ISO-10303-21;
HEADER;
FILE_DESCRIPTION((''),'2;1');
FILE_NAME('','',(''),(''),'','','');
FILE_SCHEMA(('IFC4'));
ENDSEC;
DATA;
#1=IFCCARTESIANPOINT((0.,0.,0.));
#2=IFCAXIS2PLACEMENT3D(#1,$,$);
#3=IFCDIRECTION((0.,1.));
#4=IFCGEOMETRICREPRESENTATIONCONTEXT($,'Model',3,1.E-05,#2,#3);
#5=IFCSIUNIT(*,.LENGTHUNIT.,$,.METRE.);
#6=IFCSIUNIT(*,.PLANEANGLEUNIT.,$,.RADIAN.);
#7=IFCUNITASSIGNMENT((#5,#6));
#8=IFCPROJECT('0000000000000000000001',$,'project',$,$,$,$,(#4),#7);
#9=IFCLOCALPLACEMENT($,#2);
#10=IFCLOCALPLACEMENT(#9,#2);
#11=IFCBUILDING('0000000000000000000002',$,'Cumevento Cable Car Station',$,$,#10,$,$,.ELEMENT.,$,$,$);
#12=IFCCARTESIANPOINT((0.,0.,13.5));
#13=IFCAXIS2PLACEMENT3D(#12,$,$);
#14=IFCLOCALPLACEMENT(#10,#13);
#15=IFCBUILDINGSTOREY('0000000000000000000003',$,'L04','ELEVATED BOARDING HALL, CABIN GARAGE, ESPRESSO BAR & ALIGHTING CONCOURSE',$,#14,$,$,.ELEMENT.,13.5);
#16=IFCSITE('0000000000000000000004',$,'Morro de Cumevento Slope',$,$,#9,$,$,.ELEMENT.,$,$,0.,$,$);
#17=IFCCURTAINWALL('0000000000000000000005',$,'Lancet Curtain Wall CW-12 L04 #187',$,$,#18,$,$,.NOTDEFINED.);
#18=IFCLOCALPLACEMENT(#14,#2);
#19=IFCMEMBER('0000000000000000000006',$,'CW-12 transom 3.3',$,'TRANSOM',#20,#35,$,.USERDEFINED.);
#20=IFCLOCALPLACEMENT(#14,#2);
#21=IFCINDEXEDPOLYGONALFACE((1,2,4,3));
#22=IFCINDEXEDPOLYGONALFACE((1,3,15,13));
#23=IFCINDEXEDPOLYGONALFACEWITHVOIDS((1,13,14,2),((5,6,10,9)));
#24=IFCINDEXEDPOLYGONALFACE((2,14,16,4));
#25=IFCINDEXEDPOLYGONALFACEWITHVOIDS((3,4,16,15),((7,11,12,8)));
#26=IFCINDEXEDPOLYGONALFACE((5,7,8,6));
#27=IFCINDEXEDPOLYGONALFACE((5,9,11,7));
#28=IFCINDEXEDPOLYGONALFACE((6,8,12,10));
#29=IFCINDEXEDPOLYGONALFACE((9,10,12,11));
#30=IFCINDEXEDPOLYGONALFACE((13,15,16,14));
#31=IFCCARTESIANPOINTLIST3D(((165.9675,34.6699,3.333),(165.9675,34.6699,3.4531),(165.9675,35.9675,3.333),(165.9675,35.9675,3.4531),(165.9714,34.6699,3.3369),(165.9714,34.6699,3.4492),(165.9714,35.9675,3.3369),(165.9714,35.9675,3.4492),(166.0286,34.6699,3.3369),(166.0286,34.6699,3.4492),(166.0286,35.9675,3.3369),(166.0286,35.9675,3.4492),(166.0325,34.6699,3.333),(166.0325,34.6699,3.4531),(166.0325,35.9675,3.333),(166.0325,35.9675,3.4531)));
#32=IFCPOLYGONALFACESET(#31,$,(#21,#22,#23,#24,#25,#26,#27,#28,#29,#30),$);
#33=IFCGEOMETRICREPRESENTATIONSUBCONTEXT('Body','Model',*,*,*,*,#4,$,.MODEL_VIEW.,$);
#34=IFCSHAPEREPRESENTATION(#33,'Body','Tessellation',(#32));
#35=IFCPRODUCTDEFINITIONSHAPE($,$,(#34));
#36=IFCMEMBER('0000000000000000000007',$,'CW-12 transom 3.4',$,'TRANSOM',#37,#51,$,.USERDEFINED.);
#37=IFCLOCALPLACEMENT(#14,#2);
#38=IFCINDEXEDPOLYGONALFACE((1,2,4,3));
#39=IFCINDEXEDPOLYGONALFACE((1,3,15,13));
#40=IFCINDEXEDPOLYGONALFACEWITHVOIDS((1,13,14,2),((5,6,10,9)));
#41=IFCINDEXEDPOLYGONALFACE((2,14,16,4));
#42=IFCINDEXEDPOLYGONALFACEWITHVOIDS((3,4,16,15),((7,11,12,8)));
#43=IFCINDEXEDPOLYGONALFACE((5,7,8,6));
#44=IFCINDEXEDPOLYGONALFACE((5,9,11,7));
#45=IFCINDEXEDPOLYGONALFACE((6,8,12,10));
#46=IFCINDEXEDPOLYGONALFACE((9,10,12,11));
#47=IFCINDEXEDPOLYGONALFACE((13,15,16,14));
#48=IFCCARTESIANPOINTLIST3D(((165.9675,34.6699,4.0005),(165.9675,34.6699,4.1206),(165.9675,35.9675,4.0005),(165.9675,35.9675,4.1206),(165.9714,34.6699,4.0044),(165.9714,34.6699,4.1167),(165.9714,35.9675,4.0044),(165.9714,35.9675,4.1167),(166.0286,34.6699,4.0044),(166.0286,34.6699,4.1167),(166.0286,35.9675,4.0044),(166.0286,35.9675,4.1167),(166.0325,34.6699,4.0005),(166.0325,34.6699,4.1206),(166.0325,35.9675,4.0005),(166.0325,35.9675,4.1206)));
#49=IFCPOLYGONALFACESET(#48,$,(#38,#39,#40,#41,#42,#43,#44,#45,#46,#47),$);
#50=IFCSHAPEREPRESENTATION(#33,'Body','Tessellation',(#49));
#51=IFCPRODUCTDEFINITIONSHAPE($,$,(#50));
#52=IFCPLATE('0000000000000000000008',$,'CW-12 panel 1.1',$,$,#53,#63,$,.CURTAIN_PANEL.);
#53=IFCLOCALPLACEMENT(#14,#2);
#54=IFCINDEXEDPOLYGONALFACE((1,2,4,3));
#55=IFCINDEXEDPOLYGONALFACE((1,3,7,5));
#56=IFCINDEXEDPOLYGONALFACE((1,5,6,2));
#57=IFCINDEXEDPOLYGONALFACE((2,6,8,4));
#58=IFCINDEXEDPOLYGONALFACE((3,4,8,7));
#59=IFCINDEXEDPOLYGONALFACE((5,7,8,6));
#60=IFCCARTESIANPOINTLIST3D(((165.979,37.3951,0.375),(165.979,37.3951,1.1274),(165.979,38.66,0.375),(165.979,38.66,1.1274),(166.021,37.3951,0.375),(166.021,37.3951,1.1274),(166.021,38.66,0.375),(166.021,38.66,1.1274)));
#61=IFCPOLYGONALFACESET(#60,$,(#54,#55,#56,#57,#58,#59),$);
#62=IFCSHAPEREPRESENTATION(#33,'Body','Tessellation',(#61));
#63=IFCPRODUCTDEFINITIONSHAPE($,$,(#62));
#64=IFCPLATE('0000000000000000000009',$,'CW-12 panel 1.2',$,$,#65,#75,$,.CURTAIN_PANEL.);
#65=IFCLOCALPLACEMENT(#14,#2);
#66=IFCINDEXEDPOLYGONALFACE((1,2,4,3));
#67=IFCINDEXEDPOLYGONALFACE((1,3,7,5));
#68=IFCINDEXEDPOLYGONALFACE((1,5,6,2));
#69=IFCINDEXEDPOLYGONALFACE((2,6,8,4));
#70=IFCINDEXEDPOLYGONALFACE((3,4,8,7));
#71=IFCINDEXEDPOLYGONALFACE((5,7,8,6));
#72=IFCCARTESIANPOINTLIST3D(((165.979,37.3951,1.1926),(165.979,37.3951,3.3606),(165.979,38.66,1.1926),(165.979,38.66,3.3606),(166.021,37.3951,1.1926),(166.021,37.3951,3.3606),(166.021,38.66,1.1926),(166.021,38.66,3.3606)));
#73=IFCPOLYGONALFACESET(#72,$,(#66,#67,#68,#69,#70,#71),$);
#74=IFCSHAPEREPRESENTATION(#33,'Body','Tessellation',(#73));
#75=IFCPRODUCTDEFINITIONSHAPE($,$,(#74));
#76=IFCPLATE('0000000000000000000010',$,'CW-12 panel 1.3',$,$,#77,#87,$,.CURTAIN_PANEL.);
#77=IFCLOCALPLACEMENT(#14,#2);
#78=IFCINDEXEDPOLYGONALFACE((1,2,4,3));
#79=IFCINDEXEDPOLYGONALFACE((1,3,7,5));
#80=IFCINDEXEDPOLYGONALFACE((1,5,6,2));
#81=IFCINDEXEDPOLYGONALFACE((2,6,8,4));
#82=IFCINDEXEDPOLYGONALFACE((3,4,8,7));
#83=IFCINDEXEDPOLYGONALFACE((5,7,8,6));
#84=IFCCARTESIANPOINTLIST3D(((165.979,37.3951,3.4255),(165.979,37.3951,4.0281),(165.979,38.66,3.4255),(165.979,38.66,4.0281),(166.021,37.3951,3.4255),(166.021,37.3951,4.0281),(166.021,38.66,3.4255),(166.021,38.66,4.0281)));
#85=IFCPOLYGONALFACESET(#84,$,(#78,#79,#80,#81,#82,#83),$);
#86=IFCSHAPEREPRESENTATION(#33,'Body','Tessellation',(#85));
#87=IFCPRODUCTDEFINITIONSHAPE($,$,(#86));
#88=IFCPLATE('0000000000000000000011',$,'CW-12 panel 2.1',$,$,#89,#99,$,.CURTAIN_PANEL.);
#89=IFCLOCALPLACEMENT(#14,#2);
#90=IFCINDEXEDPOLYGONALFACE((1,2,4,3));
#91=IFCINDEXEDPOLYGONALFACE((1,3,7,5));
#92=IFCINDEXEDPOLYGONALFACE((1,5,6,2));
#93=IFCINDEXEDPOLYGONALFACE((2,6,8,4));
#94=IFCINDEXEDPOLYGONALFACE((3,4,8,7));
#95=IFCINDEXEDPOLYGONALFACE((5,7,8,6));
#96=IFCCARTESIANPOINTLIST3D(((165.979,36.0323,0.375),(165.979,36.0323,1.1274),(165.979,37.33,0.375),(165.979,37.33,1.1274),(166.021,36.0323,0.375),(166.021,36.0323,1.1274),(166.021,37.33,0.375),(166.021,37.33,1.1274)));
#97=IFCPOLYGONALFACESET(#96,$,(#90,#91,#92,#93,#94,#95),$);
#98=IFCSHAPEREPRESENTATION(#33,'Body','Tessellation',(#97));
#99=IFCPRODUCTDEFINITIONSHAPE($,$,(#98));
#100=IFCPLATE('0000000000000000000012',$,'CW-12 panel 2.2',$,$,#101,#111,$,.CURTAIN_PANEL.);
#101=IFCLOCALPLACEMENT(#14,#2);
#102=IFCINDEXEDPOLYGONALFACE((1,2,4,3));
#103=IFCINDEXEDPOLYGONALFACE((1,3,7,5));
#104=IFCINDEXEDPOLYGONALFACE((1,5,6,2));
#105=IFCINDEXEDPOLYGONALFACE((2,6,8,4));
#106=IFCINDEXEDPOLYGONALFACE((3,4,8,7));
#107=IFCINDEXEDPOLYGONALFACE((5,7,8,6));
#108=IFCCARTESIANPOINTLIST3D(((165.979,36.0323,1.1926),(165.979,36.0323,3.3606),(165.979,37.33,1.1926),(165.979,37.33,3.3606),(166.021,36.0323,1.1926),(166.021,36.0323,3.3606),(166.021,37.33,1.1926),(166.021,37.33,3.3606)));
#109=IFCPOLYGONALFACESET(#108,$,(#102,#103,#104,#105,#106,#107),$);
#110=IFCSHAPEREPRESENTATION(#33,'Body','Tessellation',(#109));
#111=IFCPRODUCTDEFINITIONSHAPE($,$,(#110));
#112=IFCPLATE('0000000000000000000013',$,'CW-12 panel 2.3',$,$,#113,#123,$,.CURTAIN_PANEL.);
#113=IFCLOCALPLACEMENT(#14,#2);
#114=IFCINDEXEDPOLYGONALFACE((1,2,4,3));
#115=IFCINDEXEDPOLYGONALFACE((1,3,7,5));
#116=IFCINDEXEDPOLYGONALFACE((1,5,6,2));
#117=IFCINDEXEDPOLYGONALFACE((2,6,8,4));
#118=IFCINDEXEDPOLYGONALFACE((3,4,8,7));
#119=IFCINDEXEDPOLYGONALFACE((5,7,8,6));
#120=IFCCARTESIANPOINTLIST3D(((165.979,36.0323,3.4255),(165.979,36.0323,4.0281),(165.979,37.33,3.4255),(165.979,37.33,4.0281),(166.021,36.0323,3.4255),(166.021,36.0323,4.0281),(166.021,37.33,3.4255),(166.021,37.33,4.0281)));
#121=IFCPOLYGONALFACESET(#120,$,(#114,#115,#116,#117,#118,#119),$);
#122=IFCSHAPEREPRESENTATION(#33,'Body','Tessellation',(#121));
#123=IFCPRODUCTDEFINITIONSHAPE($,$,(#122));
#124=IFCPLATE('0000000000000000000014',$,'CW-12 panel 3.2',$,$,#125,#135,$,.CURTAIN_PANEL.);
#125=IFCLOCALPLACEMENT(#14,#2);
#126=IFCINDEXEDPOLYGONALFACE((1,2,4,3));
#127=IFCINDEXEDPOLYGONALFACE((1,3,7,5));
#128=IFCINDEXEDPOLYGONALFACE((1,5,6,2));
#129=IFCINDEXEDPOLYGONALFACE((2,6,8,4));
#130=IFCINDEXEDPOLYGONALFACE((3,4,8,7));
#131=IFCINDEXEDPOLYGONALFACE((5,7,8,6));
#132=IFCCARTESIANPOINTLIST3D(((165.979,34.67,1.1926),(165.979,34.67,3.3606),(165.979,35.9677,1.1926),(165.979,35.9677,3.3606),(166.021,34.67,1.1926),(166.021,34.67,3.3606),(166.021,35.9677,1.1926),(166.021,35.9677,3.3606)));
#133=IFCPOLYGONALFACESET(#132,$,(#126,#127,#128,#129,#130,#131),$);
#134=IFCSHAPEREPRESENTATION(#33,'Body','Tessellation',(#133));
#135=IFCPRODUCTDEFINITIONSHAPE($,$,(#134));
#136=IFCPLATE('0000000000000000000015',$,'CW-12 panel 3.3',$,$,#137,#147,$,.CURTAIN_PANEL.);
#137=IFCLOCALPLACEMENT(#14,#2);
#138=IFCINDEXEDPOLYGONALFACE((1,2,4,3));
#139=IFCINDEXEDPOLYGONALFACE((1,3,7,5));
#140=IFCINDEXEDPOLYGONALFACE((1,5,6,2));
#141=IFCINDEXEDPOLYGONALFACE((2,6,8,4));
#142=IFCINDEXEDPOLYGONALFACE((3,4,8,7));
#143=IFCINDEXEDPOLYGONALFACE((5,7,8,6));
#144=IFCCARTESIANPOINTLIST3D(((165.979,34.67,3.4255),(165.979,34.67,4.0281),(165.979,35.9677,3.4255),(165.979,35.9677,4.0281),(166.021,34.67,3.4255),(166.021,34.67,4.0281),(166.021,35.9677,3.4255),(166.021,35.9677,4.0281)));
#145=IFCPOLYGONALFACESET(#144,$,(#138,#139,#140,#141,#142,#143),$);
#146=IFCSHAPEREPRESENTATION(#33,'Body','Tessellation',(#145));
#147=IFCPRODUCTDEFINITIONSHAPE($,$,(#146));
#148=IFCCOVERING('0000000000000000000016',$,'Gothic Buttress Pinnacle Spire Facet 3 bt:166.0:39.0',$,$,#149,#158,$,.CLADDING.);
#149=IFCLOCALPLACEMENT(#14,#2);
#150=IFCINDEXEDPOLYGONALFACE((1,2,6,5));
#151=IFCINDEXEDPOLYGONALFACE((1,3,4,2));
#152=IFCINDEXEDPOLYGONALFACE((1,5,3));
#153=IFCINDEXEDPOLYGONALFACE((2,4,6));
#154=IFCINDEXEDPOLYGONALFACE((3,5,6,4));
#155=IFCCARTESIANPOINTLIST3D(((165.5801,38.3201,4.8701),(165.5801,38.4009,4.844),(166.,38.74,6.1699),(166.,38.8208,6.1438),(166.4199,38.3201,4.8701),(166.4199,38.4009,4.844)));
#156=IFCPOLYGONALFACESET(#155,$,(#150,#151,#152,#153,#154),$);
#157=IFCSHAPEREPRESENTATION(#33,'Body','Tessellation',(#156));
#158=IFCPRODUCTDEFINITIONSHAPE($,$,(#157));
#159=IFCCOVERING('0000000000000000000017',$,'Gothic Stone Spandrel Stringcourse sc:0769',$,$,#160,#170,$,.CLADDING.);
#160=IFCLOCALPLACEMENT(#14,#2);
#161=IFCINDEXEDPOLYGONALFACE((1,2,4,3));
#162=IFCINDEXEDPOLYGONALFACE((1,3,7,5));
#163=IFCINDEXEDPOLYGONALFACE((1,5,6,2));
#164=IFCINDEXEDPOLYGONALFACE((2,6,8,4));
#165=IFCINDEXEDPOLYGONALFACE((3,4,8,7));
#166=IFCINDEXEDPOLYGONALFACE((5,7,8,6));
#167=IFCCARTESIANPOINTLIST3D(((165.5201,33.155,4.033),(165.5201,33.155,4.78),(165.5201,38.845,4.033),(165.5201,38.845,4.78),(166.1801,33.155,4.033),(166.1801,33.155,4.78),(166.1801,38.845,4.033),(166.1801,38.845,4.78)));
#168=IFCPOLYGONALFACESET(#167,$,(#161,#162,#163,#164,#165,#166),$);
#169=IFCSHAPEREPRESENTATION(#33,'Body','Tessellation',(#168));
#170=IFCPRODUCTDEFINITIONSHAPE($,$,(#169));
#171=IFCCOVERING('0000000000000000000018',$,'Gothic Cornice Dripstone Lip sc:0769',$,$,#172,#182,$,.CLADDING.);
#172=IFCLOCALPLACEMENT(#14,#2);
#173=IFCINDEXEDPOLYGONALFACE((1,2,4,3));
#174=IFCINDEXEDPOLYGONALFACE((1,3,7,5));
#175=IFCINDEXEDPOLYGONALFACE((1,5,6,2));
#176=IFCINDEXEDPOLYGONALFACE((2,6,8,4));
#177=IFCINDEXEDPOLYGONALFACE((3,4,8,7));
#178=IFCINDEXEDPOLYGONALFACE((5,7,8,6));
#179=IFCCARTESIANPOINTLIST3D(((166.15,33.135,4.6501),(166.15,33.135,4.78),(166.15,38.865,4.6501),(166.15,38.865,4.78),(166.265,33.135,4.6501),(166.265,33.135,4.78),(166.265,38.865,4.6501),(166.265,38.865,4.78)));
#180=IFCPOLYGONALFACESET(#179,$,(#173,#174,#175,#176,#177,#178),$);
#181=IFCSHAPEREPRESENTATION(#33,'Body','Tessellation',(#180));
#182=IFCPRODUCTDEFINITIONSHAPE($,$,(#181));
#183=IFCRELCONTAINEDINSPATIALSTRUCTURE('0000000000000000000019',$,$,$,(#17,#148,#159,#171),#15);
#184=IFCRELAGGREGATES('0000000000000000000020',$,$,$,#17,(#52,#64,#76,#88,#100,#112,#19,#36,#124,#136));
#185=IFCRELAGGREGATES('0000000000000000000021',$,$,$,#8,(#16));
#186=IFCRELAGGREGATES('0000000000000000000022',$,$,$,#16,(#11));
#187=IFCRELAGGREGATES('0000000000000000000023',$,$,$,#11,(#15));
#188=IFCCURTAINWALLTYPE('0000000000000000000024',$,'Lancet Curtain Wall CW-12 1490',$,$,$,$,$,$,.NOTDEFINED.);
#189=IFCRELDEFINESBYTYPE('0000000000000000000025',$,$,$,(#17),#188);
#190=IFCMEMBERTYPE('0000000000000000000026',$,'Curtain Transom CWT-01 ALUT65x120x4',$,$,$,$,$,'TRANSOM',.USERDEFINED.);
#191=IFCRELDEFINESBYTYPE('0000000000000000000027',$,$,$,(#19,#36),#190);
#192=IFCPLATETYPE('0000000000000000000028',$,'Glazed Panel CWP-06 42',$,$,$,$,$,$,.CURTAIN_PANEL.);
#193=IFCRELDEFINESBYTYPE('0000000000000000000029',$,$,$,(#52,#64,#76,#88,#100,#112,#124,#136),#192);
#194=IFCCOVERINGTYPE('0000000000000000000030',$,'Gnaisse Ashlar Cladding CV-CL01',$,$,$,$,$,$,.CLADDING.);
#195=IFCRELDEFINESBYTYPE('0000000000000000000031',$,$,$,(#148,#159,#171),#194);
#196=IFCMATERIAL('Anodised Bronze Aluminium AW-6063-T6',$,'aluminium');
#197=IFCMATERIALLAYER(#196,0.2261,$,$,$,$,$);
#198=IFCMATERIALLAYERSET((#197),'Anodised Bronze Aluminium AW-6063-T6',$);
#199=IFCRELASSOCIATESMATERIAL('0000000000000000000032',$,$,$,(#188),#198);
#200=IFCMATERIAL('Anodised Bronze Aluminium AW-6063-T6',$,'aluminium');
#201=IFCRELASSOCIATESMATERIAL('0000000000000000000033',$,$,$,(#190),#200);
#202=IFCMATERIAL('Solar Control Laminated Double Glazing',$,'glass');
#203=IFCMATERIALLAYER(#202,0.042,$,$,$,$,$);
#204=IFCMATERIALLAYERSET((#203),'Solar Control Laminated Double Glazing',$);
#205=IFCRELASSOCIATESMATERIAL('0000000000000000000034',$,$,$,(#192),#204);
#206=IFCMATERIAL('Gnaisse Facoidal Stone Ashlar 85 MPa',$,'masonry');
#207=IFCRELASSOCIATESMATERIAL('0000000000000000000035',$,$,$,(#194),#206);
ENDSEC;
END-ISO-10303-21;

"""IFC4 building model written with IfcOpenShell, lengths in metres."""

from ifc_helpers import new_model, si_unit, direction, frame, origin, origin_2d, place, context, subcontext, project, spatial, polyline, rectangle, hollow_rectangle, outline, extrude, material, layer, layer_set, material_profile, profile_set, type_object, element, aggregate, save


model = new_model("IFC4")

# Units and contexts
model_context = context("Model", 3, precision=1e-05, world=origin(), true_north=direction((0.0, 1.0)))
body_context = subcontext(model_context, "Body", "Model", "MODEL_VIEW")
ifc_project = project(units=[si_unit("LENGTHUNIT", "METRE"), si_unit("PLANEANGLEUNIT", "RADIAN")], contexts=[model_context])

# Site, building, storey
site_placement = place(None, origin())
site = spatial("IfcSite", under=ifc_project, at=site_placement, Name="Morro de Cumevento Slope", CompositionType="ELEMENT", RefElevation=0.0)
building_placement = place(site_placement, origin())
building = spatial("IfcBuilding", under=site, at=building_placement, Name="Cumevento Cable Car Station", CompositionType="ELEMENT")
storey_placement = place(building_placement, frame((0.0, 0.0, 13.5)))
storey = spatial("IfcBuildingStorey", under=building, at=storey_placement, Name="L04", Description="ELEVATED BOARDING HALL, CABIN GARAGE, ESPRESSO BAR & ALIGHTING CONCOURSE", CompositionType="ELEMENT", Elevation=13.5)

# Curtain wall, members, plates
ifc_material_1 = material(Name="Anodised Bronze Aluminium AW-6063-T6", Category="aluminium")
ifc_layer_1 = layer(ifc_material_1, 0.2261)
ifc_layer_set_1 = layer_set([ifc_layer_1], Name="Anodised Bronze Aluminium AW-6063-T6")
curtain_wall_type = type_object("IfcCurtainWallType", Name="Lancet Curtain Wall CW-12 1490", PredefinedType="NOTDEFINED", material=ifc_layer_set_1)
curtain_wall_placement = place(storey_placement, origin())
curtain_wall = element("IfcCurtainWall", 1, at=curtain_wall_placement, inside=storey, type_object=curtain_wall_type, Name="Lancet Curtain Wall CW-12 L04 #187", PredefinedType="NOTDEFINED")
ifc_material_2 = material(Name="Anodised Bronze Aluminium AW-6063-T6", Category="aluminium")
ifc_material_profile_1 = material_profile(ifc_material_2, hollow_rectangle(XDim=0.0649, YDim=0.1201, WallThickness=0.0039, at=origin_2d()), Name="ALUT65x120x4")
ifc_profile_set_1 = profile_set([ifc_material_profile_1], Name="Anodised Bronze Aluminium AW-6063-T6")
member_type_1 = type_object("IfcMemberType", Name="Curtain Transom CWT-01 ALUT65x120x4", ElementType="TRANSOM", PredefinedType="USERDEFINED", material=ifc_profile_set_1)
member_1_placement = place(storey_placement, frame((166.0, 35.9675, 3.3931), z_axis=(0.0, -1.0, 0.0), x_axis=(1.0, 0.0, 0.0)))
member_1 = element("IfcMember", 2, at=member_1_placement, type_object=member_type_1, Name="CW-12 transom 3.3", ObjectType="TRANSOM", PredefinedType="USERDEFINED", context=body_context, shape_type="SweptSolid", body=[
    extrude(hollow_rectangle(XDim=0.0649, YDim=0.1201, WallThickness=0.0039, at=origin_2d()), origin(), (0.0, 0.0, 1.0), 1.2976),
])
member_2_placement = place(storey_placement, frame((166.0, 35.9675, 4.0605), z_axis=(0.0, -1.0, 0.0), x_axis=(1.0, 0.0, 0.0)))
member_2 = element("IfcMember", 3, at=member_2_placement, type_object=member_type_1, Name="CW-12 transom 3.4", ObjectType="TRANSOM", PredefinedType="USERDEFINED", context=body_context, shape_type="SweptSolid", body=[
    extrude(hollow_rectangle(XDim=0.0649, YDim=0.1201, WallThickness=0.0039, at=origin_2d()), origin(), (0.0, 0.0, 1.0), 1.2976),
])
ifc_material_3 = material(Name="Solar Control Laminated Double Glazing", Category="glass")
ifc_layer_2 = layer(ifc_material_3, 0.042)
ifc_layer_set_2 = layer_set([ifc_layer_2], Name="Solar Control Laminated Double Glazing")
plate_type = type_object("IfcPlateType", Name="Glazed Panel CWP-06 42", PredefinedType="CURTAIN_PANEL", material=ifc_layer_set_2)
plate_1_placement = place(storey_placement, frame((166.0, 38.0276, 0.375), z_axis=(0.0, 0.0, 1.0), x_axis=(0.0, -1.0, 0.0)))
plate_1 = element("IfcPlate", 4, at=plate_1_placement, type_object=plate_type, Name="CW-12 panel 1.1", PredefinedType="CURTAIN_PANEL", context=body_context, shape_type="SweptSolid", body=[
    extrude(rectangle(XDim=1.2649, YDim=0.042, at=origin_2d()), origin(), (0.0, 0.0, 1.0), 0.7524),
])
plate_2_placement = place(storey_placement, frame((166.0, 38.0276, 1.1926), z_axis=(0.0, 0.0, 1.0), x_axis=(0.0, -1.0, 0.0)))
plate_2 = element("IfcPlate", 5, at=plate_2_placement, type_object=plate_type, Name="CW-12 panel 1.2", PredefinedType="CURTAIN_PANEL", context=body_context, shape_type="SweptSolid", body=[
    extrude(rectangle(XDim=1.2649, YDim=0.042, at=origin_2d()), origin(), (0.0, 0.0, 1.0), 2.168),
])
plate_3_placement = place(storey_placement, frame((166.0, 38.0276, 3.4255), z_axis=(0.0, 0.0, 1.0), x_axis=(0.0, -1.0, 0.0)))
plate_3 = element("IfcPlate", 6, at=plate_3_placement, type_object=plate_type, Name="CW-12 panel 1.3", PredefinedType="CURTAIN_PANEL", context=body_context, shape_type="SweptSolid", body=[
    extrude(rectangle(XDim=1.2649, YDim=0.042, at=origin_2d()), origin(), (0.0, 0.0, 1.0), 0.6025),
])
plate_4_placement = place(storey_placement, frame((166.0, 36.6812, 0.375), z_axis=(0.0, 0.0, 1.0), x_axis=(0.0, -1.0, 0.0)))
plate_4 = element("IfcPlate", 7, at=plate_4_placement, type_object=plate_type, Name="CW-12 panel 2.1", PredefinedType="CURTAIN_PANEL", context=body_context, shape_type="SweptSolid", body=[
    extrude(rectangle(XDim=1.2976, YDim=0.042, at=origin_2d()), origin(), (0.0, 0.0, 1.0), 0.7524),
])
plate_5_placement = place(storey_placement, frame((166.0, 36.6812, 1.1926), z_axis=(0.0, 0.0, 1.0), x_axis=(0.0, -1.0, 0.0)))
plate_5 = element("IfcPlate", 8, at=plate_5_placement, type_object=plate_type, Name="CW-12 panel 2.2", PredefinedType="CURTAIN_PANEL", context=body_context, shape_type="SweptSolid", body=[
    extrude(rectangle(XDim=1.2976, YDim=0.042, at=origin_2d()), origin(), (0.0, 0.0, 1.0), 2.168),
])
plate_6_placement = place(storey_placement, frame((166.0, 36.6812, 3.4255), z_axis=(0.0, 0.0, 1.0), x_axis=(0.0, -1.0, 0.0)))
plate_6 = element("IfcPlate", 9, at=plate_6_placement, type_object=plate_type, Name="CW-12 panel 2.3", PredefinedType="CURTAIN_PANEL", context=body_context, shape_type="SweptSolid", body=[
    extrude(rectangle(XDim=1.2976, YDim=0.042, at=origin_2d()), origin(), (0.0, 0.0, 1.0), 0.6025),
])
plate_7_placement = place(storey_placement, frame((166.0, 35.3188, 1.1926), z_axis=(0.0, 0.0, 1.0), x_axis=(0.0, -1.0, 0.0)))
plate_7 = element("IfcPlate", 10, at=plate_7_placement, type_object=plate_type, Name="CW-12 panel 3.2", PredefinedType="CURTAIN_PANEL", context=body_context, shape_type="SweptSolid", body=[
    extrude(rectangle(XDim=1.2976, YDim=0.042, at=origin_2d()), origin(), (0.0, 0.0, 1.0), 2.168),
])
plate_8_placement = place(storey_placement, frame((166.0, 35.3188, 3.4255), z_axis=(0.0, 0.0, 1.0), x_axis=(0.0, -1.0, 0.0)))
plate_8 = element("IfcPlate", 11, at=plate_8_placement, type_object=plate_type, Name="CW-12 panel 3.3", PredefinedType="CURTAIN_PANEL", context=body_context, shape_type="SweptSolid", body=[
    extrude(rectangle(XDim=1.2976, YDim=0.042, at=origin_2d()), origin(), (0.0, 0.0, 1.0), 0.6025),
])
aggregate(curtain_wall, [plate_1, plate_2, plate_3, plate_4, plate_5, plate_6, member_1, member_2, plate_7, plate_8])

# Coverings
ifc_material_4 = material(Name="Gnaisse Facoidal Stone Ashlar 85 MPa", Category="masonry")
covering_type = type_object("IfcCoveringType", Name="Gnaisse Ashlar Cladding CV-CL01", PredefinedType="CLADDING", material=ifc_material_4)
covering_1_placement = place(storey_placement, frame((166.4199, 38.3201, 4.8701), z_axis=(0.0, -0.951574, 0.307421), x_axis=(-1.0, 0.0, 0.0)))
element("IfcCovering", 12, at=covering_1_placement, inside=storey, type_object=covering_type, Name="Gothic Buttress Pinnacle Spire Facet 3 bt:166.0:39.0", PredefinedType="CLADDING", context=body_context, shape_type="SweptSolid", body=[
    extrude(outline(polyline([(0.0, 0.0), (0.8398, 0.0), (0.4199, -1.366), (0.0, 0.0)])), origin(), (0.0, 0.0, -1.0), 0.085),
])
covering_2_placement = place(storey_placement, frame((165.8501, 36.0, 4.033), z_axis=(0.0, 0.0, 1.0), x_axis=(0.0, -1.0, 0.0)))
element("IfcCovering", 13, at=covering_2_placement, inside=storey, type_object=covering_type, Name="Gothic Stone Spandrel Stringcourse sc:0769", PredefinedType="CLADDING", context=body_context, shape_type="SweptSolid", body=[
    extrude(rectangle(XDim=5.6899, YDim=0.6599, at=origin_2d()), origin(), (0.0, 0.0, 1.0), 0.7471),
])
covering_3_placement = place(storey_placement, frame((166.2075, 36.0, 4.6501), z_axis=(0.0, 0.0, 1.0), x_axis=(0.0, -1.0, 0.0)))
element("IfcCovering", 14, at=covering_3_placement, inside=storey, type_object=covering_type, Name="Gothic Cornice Dripstone Lip sc:0769", PredefinedType="CLADDING", context=body_context, shape_type="SweptSolid", body=[
    extrude(rectangle(XDim=5.73, YDim=0.115, at=origin_2d()), origin(), (0.0, 0.0, 1.0), 0.1299),
])

save(model, "model.ifc")
